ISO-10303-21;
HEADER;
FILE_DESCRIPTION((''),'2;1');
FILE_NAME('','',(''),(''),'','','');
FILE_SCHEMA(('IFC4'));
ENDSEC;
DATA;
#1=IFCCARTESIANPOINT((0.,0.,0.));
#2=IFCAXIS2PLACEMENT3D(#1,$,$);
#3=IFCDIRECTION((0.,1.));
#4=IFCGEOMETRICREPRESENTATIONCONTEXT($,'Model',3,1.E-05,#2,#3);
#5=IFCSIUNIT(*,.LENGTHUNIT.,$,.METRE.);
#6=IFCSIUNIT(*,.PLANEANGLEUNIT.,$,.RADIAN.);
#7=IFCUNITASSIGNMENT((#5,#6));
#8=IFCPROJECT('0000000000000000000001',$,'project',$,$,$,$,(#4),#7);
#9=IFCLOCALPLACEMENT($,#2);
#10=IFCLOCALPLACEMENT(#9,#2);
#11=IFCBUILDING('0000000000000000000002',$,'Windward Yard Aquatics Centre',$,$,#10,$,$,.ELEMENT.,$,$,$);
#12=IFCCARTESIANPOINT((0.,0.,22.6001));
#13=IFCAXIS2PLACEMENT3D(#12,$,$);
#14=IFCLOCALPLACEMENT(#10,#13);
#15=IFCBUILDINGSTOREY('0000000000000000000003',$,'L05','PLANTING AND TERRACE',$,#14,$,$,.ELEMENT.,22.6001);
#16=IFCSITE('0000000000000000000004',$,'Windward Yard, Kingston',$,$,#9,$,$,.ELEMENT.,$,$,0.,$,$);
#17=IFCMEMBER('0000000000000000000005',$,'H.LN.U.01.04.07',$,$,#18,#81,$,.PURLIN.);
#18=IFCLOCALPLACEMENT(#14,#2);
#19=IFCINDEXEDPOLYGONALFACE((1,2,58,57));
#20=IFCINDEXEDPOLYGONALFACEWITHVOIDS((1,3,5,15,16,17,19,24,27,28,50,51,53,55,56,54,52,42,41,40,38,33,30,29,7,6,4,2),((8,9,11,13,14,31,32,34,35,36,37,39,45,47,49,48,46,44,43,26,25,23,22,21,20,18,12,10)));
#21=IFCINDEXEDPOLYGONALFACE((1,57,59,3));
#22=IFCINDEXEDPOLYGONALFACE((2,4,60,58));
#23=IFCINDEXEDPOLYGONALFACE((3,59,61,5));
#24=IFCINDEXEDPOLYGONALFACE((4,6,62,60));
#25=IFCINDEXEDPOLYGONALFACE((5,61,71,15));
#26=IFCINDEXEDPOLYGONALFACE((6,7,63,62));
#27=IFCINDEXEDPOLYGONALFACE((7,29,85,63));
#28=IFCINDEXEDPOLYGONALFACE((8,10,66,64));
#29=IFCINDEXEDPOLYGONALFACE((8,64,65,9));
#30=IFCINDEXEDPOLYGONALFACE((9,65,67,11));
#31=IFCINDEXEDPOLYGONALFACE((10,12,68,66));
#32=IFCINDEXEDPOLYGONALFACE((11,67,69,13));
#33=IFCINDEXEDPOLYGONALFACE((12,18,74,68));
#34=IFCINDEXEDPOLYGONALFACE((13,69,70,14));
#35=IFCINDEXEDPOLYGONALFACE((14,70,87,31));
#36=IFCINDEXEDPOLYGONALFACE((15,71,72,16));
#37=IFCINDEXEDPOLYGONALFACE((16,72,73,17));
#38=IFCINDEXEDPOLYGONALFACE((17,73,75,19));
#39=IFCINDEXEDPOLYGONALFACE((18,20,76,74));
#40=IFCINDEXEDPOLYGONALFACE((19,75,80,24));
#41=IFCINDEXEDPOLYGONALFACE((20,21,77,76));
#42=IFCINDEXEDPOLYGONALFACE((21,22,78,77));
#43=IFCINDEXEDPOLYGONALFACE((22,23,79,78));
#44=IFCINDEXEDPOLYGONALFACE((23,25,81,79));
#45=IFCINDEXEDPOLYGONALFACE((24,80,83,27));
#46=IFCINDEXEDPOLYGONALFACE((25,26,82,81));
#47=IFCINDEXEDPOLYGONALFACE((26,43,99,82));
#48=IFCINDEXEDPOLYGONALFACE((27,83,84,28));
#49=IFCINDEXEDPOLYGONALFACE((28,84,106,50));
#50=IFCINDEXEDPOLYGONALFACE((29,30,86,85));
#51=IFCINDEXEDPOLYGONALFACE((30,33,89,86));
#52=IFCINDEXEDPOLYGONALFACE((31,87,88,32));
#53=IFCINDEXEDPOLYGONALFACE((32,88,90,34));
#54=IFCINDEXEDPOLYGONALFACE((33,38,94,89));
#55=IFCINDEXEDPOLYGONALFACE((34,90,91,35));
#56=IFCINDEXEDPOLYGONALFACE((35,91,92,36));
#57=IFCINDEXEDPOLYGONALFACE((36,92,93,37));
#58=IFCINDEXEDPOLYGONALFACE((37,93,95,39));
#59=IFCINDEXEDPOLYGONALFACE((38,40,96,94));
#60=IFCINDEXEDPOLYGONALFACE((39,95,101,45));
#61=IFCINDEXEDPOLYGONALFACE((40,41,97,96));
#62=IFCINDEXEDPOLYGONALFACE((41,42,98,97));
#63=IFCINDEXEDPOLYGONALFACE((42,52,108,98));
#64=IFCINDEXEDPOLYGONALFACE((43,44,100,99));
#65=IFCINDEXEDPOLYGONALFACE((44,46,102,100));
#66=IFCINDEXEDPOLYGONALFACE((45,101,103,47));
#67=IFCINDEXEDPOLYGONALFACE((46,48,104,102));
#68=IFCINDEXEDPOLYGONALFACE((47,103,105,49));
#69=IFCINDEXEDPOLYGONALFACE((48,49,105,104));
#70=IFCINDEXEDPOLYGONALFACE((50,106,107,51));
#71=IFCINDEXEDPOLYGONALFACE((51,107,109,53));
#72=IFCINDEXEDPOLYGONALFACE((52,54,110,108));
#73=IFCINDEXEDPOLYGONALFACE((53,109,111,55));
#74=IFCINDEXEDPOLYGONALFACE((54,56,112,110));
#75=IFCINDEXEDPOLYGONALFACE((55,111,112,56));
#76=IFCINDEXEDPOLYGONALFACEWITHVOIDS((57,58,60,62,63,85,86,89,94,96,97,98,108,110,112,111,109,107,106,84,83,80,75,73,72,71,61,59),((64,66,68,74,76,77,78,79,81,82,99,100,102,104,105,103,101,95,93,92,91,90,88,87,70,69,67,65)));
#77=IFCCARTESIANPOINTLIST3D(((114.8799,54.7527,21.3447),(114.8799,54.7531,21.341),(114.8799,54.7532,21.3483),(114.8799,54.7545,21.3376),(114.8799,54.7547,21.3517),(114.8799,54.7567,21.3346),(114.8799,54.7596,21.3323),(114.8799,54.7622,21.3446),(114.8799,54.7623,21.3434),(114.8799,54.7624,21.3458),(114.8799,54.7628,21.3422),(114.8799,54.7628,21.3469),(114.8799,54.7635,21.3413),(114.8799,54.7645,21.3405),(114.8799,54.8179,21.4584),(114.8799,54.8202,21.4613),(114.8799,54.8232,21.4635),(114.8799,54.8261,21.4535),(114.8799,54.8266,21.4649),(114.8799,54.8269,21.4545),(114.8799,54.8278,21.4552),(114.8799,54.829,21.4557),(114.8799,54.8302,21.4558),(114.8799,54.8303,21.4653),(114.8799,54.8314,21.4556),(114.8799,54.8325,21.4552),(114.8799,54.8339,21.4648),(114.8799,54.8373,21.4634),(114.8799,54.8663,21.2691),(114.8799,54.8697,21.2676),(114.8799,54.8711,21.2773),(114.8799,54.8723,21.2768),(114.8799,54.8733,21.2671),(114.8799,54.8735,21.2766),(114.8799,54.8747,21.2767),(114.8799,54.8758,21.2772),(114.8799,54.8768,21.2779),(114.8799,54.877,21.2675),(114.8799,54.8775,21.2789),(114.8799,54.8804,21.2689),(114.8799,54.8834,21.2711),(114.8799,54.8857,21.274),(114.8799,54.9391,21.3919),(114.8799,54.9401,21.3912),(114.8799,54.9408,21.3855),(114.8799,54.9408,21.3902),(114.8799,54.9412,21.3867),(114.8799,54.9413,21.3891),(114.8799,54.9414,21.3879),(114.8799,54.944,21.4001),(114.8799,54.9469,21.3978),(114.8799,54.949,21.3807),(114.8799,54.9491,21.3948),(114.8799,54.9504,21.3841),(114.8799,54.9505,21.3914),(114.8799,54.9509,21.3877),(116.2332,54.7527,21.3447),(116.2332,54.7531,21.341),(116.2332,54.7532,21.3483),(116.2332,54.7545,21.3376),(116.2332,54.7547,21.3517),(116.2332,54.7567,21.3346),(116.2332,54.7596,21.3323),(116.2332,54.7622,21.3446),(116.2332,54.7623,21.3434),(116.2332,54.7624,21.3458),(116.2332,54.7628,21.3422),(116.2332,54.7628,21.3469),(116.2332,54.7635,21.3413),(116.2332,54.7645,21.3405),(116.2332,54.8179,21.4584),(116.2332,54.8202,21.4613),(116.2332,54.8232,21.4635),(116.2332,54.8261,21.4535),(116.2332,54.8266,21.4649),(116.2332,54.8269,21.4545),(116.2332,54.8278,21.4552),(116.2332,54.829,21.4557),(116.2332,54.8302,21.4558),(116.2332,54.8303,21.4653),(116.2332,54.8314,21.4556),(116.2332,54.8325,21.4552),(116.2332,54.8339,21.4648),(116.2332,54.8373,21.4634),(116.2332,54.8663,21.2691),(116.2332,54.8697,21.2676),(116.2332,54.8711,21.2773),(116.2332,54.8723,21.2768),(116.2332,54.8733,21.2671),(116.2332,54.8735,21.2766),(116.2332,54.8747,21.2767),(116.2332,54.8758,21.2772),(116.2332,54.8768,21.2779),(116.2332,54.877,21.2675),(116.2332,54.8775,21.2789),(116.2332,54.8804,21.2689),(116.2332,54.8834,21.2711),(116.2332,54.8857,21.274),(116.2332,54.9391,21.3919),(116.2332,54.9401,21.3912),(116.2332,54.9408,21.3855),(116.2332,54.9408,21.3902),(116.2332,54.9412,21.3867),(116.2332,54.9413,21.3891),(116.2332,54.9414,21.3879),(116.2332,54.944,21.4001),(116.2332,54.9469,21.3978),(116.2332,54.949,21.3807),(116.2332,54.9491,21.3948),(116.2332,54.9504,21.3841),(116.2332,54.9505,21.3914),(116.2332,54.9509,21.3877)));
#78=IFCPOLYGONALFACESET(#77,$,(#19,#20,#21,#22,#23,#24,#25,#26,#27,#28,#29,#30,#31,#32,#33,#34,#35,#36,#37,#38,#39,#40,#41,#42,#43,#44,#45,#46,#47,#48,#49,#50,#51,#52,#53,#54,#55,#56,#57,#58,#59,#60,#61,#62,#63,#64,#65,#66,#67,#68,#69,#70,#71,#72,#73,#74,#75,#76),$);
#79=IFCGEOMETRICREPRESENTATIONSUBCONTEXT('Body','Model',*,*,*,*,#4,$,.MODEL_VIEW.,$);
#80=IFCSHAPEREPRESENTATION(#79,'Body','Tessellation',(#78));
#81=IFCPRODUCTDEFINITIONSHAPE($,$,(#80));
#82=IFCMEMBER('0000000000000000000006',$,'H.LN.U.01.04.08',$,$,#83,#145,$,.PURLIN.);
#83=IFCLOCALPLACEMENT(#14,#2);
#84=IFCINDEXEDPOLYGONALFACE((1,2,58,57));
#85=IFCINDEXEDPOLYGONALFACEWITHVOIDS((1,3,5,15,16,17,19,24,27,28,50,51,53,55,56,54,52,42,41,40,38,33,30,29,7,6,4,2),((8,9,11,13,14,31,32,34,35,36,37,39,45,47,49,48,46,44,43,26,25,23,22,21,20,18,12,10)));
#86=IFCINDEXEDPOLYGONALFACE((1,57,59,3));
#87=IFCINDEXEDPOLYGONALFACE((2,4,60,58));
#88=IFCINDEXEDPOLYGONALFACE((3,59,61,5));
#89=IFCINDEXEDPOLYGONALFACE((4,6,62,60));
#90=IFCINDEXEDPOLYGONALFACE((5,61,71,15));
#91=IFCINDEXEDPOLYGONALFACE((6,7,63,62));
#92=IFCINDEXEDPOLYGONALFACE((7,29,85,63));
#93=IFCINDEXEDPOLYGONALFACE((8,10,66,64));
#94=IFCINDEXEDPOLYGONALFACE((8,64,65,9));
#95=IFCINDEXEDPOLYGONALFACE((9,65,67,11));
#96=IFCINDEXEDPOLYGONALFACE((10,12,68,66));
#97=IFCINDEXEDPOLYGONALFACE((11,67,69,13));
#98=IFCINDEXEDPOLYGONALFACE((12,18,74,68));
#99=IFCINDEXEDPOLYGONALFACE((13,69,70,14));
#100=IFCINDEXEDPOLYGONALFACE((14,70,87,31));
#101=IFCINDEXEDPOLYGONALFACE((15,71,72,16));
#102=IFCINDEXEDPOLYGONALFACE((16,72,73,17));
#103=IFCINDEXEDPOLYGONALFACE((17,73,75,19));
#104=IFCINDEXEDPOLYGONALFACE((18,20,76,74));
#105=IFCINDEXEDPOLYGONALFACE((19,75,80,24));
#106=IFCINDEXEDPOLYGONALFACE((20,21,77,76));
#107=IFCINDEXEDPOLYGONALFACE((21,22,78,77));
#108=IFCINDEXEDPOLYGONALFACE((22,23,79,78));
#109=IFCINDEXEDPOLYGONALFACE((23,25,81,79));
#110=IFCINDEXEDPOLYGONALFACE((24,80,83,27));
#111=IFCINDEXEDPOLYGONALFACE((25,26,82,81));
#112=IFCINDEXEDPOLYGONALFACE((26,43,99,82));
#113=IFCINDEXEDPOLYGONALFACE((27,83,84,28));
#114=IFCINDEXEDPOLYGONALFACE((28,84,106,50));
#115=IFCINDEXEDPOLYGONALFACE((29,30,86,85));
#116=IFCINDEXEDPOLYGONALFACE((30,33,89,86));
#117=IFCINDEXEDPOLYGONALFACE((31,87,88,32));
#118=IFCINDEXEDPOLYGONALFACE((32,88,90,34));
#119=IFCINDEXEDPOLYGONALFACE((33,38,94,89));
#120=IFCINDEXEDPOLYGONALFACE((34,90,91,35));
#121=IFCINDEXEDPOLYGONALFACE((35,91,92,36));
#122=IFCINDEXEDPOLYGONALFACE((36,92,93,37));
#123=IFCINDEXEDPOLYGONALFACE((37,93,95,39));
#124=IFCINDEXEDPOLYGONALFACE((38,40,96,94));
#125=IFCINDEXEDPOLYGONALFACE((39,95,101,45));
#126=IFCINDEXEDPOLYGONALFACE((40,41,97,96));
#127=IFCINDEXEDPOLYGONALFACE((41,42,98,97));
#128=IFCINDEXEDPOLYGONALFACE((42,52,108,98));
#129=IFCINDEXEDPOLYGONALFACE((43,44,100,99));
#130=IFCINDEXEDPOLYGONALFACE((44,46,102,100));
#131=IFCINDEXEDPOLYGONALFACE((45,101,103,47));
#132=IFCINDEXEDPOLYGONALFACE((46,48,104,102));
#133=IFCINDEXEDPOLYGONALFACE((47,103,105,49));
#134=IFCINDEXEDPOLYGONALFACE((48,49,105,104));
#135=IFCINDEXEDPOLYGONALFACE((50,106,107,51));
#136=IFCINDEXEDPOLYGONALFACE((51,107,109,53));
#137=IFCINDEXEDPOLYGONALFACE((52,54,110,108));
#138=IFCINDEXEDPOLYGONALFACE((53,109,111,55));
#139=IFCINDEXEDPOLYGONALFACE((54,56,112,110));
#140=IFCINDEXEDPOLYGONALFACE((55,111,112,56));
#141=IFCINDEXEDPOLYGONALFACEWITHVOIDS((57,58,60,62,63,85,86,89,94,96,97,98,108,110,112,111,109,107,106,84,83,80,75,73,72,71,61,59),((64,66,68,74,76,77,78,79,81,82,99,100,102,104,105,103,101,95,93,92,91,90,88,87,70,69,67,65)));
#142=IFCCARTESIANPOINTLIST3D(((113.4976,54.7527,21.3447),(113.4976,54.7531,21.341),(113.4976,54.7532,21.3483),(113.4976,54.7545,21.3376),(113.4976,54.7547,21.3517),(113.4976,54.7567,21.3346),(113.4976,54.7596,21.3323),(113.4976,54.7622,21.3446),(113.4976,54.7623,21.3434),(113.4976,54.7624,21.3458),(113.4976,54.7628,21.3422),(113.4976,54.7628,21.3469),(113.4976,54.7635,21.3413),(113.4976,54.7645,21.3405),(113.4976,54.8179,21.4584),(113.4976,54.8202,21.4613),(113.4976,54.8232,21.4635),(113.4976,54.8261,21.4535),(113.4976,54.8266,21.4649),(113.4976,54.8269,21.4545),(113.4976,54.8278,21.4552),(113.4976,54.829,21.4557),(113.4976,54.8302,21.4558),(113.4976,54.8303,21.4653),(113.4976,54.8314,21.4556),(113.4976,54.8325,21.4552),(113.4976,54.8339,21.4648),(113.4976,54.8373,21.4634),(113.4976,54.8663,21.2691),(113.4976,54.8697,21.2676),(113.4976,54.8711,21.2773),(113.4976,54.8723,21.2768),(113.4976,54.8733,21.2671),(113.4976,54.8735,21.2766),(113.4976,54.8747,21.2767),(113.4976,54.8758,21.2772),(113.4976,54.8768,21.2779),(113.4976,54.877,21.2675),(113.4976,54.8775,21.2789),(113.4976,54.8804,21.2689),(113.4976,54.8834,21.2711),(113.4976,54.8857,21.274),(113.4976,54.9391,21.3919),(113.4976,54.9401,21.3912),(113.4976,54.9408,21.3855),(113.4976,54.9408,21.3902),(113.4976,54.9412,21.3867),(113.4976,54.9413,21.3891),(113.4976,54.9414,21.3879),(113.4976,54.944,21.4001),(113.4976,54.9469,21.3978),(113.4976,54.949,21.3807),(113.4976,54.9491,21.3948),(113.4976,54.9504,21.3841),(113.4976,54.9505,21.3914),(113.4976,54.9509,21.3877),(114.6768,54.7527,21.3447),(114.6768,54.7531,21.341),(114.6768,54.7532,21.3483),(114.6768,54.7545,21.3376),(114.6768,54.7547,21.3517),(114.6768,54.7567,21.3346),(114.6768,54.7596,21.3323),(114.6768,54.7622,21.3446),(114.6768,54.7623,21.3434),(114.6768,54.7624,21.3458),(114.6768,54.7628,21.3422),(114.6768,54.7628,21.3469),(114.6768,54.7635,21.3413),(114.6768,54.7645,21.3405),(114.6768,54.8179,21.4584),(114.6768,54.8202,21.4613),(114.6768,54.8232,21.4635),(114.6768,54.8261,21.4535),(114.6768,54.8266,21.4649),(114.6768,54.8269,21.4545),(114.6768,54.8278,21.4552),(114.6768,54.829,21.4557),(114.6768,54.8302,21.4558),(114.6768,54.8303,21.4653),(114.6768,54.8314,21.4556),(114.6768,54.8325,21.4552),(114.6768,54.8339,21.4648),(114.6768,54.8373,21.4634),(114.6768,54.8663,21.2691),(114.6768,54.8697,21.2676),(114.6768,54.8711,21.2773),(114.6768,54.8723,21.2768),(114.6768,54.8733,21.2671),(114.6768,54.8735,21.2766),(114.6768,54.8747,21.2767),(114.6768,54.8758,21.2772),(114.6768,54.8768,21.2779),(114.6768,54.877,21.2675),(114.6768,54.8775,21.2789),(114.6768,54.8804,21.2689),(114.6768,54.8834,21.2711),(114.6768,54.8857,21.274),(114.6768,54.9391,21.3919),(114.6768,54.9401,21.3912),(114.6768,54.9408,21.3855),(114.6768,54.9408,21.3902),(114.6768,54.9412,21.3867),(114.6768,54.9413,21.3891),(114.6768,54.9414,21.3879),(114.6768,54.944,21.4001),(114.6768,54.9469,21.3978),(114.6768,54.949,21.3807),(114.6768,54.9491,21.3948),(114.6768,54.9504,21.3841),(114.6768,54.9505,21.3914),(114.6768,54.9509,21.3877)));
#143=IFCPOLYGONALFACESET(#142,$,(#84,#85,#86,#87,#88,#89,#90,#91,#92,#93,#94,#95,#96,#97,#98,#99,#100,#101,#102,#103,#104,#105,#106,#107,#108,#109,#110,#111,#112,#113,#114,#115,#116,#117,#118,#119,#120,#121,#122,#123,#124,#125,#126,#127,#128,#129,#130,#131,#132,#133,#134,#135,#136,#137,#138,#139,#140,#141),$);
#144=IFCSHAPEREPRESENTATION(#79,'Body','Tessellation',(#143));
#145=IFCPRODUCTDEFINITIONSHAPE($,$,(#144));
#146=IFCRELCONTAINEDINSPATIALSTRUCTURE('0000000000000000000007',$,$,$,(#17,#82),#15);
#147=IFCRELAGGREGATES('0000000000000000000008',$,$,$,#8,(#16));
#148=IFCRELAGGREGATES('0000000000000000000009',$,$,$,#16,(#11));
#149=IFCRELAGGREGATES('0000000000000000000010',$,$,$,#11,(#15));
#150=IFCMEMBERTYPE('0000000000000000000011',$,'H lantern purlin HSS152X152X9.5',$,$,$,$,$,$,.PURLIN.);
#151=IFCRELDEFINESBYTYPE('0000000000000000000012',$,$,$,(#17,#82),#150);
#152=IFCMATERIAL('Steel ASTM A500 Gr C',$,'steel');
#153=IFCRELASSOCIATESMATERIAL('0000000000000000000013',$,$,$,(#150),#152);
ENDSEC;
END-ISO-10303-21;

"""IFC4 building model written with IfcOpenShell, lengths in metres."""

from ifc_helpers import new_model, si_unit, direction, frame, origin, origin_2d, place, context, subcontext, project, spatial, hollow_rectangle, extrude, material, material_profile, profile_set, type_object, element, save


model = new_model("IFC4")

# Units and contexts
model_context = context("Model", 3, precision=1e-05, world=origin(), true_north=direction((0.0, 1.0)))
body_context = subcontext(model_context, "Body", "Model", "MODEL_VIEW")
ifc_project = project(units=[si_unit("LENGTHUNIT", "METRE"), si_unit("PLANEANGLEUNIT", "RADIAN")], contexts=[model_context])

# Site, building, storey
site_placement = place(None, origin())
site = spatial("IfcSite", under=ifc_project, at=site_placement, Name="Windward Yard, Kingston", CompositionType="ELEMENT", RefElevation=0.0)
building_placement = place(site_placement, origin())
building = spatial("IfcBuilding", under=site, at=building_placement, Name="Windward Yard Aquatics Centre", CompositionType="ELEMENT")
storey_placement = place(building_placement, frame((0.0, 0.0, 22.6001)))
storey = spatial("IfcBuildingStorey", under=building, at=storey_placement, Name="L05", Description="PLANTING AND TERRACE", CompositionType="ELEMENT", Elevation=22.6001)

# Members
ifc_material_1 = material(Name="Steel ASTM A500 Gr C", Category="steel")
ifc_material_profile = material_profile(ifc_material_1, hollow_rectangle(XDim=0.1523, YDim=0.1523, WallThickness=0.0095, InnerFilletRadius=0.0046, OuterFilletRadius=0.0142, at=origin_2d()), Name="HSS152X152X9.5")
ifc_profile_set = profile_set([ifc_material_profile], Name="Steel ASTM A500 Gr C")
member_type = type_object("IfcMemberType", Name="H lantern purlin HSS152X152X9.5", PredefinedType="PURLIN", material=ifc_profile_set)
member_1_placement = place(storey_placement, frame((116.2332, 54.8518, 21.3662), z_axis=(-1.0, 0.0, 0.0), x_axis=(0.0, -0.51012, -0.860103)))
element("IfcMember", 1, at=member_1_placement, inside=storey, type_object=member_type, Name="H.LN.U.01.04.07", PredefinedType="PURLIN", context=body_context, shape_type="SweptSolid", body=[
    extrude(hollow_rectangle(XDim=0.1523, YDim=0.1523, WallThickness=0.0095, InnerFilletRadius=0.0046, OuterFilletRadius=0.0142, at=origin_2d()), origin(), (0.0, 0.0, 1.0), 1.3533),
])
member_2_placement = place(storey_placement, frame((114.6768, 54.8518, 21.3662), z_axis=(-1.0, 0.0, 0.0), x_axis=(0.0, -0.51012, -0.860103)))
element("IfcMember", 2, at=member_2_placement, inside=storey, type_object=member_type, Name="H.LN.U.01.04.08", PredefinedType="PURLIN", context=body_context, shape_type="SweptSolid", body=[
    extrude(hollow_rectangle(XDim=0.1523, YDim=0.1523, WallThickness=0.0095, InnerFilletRadius=0.0046, OuterFilletRadius=0.0142, at=origin_2d()), origin(), (0.0, 0.0, 1.0), 1.1792),
])

save(model, "model.ifc")
